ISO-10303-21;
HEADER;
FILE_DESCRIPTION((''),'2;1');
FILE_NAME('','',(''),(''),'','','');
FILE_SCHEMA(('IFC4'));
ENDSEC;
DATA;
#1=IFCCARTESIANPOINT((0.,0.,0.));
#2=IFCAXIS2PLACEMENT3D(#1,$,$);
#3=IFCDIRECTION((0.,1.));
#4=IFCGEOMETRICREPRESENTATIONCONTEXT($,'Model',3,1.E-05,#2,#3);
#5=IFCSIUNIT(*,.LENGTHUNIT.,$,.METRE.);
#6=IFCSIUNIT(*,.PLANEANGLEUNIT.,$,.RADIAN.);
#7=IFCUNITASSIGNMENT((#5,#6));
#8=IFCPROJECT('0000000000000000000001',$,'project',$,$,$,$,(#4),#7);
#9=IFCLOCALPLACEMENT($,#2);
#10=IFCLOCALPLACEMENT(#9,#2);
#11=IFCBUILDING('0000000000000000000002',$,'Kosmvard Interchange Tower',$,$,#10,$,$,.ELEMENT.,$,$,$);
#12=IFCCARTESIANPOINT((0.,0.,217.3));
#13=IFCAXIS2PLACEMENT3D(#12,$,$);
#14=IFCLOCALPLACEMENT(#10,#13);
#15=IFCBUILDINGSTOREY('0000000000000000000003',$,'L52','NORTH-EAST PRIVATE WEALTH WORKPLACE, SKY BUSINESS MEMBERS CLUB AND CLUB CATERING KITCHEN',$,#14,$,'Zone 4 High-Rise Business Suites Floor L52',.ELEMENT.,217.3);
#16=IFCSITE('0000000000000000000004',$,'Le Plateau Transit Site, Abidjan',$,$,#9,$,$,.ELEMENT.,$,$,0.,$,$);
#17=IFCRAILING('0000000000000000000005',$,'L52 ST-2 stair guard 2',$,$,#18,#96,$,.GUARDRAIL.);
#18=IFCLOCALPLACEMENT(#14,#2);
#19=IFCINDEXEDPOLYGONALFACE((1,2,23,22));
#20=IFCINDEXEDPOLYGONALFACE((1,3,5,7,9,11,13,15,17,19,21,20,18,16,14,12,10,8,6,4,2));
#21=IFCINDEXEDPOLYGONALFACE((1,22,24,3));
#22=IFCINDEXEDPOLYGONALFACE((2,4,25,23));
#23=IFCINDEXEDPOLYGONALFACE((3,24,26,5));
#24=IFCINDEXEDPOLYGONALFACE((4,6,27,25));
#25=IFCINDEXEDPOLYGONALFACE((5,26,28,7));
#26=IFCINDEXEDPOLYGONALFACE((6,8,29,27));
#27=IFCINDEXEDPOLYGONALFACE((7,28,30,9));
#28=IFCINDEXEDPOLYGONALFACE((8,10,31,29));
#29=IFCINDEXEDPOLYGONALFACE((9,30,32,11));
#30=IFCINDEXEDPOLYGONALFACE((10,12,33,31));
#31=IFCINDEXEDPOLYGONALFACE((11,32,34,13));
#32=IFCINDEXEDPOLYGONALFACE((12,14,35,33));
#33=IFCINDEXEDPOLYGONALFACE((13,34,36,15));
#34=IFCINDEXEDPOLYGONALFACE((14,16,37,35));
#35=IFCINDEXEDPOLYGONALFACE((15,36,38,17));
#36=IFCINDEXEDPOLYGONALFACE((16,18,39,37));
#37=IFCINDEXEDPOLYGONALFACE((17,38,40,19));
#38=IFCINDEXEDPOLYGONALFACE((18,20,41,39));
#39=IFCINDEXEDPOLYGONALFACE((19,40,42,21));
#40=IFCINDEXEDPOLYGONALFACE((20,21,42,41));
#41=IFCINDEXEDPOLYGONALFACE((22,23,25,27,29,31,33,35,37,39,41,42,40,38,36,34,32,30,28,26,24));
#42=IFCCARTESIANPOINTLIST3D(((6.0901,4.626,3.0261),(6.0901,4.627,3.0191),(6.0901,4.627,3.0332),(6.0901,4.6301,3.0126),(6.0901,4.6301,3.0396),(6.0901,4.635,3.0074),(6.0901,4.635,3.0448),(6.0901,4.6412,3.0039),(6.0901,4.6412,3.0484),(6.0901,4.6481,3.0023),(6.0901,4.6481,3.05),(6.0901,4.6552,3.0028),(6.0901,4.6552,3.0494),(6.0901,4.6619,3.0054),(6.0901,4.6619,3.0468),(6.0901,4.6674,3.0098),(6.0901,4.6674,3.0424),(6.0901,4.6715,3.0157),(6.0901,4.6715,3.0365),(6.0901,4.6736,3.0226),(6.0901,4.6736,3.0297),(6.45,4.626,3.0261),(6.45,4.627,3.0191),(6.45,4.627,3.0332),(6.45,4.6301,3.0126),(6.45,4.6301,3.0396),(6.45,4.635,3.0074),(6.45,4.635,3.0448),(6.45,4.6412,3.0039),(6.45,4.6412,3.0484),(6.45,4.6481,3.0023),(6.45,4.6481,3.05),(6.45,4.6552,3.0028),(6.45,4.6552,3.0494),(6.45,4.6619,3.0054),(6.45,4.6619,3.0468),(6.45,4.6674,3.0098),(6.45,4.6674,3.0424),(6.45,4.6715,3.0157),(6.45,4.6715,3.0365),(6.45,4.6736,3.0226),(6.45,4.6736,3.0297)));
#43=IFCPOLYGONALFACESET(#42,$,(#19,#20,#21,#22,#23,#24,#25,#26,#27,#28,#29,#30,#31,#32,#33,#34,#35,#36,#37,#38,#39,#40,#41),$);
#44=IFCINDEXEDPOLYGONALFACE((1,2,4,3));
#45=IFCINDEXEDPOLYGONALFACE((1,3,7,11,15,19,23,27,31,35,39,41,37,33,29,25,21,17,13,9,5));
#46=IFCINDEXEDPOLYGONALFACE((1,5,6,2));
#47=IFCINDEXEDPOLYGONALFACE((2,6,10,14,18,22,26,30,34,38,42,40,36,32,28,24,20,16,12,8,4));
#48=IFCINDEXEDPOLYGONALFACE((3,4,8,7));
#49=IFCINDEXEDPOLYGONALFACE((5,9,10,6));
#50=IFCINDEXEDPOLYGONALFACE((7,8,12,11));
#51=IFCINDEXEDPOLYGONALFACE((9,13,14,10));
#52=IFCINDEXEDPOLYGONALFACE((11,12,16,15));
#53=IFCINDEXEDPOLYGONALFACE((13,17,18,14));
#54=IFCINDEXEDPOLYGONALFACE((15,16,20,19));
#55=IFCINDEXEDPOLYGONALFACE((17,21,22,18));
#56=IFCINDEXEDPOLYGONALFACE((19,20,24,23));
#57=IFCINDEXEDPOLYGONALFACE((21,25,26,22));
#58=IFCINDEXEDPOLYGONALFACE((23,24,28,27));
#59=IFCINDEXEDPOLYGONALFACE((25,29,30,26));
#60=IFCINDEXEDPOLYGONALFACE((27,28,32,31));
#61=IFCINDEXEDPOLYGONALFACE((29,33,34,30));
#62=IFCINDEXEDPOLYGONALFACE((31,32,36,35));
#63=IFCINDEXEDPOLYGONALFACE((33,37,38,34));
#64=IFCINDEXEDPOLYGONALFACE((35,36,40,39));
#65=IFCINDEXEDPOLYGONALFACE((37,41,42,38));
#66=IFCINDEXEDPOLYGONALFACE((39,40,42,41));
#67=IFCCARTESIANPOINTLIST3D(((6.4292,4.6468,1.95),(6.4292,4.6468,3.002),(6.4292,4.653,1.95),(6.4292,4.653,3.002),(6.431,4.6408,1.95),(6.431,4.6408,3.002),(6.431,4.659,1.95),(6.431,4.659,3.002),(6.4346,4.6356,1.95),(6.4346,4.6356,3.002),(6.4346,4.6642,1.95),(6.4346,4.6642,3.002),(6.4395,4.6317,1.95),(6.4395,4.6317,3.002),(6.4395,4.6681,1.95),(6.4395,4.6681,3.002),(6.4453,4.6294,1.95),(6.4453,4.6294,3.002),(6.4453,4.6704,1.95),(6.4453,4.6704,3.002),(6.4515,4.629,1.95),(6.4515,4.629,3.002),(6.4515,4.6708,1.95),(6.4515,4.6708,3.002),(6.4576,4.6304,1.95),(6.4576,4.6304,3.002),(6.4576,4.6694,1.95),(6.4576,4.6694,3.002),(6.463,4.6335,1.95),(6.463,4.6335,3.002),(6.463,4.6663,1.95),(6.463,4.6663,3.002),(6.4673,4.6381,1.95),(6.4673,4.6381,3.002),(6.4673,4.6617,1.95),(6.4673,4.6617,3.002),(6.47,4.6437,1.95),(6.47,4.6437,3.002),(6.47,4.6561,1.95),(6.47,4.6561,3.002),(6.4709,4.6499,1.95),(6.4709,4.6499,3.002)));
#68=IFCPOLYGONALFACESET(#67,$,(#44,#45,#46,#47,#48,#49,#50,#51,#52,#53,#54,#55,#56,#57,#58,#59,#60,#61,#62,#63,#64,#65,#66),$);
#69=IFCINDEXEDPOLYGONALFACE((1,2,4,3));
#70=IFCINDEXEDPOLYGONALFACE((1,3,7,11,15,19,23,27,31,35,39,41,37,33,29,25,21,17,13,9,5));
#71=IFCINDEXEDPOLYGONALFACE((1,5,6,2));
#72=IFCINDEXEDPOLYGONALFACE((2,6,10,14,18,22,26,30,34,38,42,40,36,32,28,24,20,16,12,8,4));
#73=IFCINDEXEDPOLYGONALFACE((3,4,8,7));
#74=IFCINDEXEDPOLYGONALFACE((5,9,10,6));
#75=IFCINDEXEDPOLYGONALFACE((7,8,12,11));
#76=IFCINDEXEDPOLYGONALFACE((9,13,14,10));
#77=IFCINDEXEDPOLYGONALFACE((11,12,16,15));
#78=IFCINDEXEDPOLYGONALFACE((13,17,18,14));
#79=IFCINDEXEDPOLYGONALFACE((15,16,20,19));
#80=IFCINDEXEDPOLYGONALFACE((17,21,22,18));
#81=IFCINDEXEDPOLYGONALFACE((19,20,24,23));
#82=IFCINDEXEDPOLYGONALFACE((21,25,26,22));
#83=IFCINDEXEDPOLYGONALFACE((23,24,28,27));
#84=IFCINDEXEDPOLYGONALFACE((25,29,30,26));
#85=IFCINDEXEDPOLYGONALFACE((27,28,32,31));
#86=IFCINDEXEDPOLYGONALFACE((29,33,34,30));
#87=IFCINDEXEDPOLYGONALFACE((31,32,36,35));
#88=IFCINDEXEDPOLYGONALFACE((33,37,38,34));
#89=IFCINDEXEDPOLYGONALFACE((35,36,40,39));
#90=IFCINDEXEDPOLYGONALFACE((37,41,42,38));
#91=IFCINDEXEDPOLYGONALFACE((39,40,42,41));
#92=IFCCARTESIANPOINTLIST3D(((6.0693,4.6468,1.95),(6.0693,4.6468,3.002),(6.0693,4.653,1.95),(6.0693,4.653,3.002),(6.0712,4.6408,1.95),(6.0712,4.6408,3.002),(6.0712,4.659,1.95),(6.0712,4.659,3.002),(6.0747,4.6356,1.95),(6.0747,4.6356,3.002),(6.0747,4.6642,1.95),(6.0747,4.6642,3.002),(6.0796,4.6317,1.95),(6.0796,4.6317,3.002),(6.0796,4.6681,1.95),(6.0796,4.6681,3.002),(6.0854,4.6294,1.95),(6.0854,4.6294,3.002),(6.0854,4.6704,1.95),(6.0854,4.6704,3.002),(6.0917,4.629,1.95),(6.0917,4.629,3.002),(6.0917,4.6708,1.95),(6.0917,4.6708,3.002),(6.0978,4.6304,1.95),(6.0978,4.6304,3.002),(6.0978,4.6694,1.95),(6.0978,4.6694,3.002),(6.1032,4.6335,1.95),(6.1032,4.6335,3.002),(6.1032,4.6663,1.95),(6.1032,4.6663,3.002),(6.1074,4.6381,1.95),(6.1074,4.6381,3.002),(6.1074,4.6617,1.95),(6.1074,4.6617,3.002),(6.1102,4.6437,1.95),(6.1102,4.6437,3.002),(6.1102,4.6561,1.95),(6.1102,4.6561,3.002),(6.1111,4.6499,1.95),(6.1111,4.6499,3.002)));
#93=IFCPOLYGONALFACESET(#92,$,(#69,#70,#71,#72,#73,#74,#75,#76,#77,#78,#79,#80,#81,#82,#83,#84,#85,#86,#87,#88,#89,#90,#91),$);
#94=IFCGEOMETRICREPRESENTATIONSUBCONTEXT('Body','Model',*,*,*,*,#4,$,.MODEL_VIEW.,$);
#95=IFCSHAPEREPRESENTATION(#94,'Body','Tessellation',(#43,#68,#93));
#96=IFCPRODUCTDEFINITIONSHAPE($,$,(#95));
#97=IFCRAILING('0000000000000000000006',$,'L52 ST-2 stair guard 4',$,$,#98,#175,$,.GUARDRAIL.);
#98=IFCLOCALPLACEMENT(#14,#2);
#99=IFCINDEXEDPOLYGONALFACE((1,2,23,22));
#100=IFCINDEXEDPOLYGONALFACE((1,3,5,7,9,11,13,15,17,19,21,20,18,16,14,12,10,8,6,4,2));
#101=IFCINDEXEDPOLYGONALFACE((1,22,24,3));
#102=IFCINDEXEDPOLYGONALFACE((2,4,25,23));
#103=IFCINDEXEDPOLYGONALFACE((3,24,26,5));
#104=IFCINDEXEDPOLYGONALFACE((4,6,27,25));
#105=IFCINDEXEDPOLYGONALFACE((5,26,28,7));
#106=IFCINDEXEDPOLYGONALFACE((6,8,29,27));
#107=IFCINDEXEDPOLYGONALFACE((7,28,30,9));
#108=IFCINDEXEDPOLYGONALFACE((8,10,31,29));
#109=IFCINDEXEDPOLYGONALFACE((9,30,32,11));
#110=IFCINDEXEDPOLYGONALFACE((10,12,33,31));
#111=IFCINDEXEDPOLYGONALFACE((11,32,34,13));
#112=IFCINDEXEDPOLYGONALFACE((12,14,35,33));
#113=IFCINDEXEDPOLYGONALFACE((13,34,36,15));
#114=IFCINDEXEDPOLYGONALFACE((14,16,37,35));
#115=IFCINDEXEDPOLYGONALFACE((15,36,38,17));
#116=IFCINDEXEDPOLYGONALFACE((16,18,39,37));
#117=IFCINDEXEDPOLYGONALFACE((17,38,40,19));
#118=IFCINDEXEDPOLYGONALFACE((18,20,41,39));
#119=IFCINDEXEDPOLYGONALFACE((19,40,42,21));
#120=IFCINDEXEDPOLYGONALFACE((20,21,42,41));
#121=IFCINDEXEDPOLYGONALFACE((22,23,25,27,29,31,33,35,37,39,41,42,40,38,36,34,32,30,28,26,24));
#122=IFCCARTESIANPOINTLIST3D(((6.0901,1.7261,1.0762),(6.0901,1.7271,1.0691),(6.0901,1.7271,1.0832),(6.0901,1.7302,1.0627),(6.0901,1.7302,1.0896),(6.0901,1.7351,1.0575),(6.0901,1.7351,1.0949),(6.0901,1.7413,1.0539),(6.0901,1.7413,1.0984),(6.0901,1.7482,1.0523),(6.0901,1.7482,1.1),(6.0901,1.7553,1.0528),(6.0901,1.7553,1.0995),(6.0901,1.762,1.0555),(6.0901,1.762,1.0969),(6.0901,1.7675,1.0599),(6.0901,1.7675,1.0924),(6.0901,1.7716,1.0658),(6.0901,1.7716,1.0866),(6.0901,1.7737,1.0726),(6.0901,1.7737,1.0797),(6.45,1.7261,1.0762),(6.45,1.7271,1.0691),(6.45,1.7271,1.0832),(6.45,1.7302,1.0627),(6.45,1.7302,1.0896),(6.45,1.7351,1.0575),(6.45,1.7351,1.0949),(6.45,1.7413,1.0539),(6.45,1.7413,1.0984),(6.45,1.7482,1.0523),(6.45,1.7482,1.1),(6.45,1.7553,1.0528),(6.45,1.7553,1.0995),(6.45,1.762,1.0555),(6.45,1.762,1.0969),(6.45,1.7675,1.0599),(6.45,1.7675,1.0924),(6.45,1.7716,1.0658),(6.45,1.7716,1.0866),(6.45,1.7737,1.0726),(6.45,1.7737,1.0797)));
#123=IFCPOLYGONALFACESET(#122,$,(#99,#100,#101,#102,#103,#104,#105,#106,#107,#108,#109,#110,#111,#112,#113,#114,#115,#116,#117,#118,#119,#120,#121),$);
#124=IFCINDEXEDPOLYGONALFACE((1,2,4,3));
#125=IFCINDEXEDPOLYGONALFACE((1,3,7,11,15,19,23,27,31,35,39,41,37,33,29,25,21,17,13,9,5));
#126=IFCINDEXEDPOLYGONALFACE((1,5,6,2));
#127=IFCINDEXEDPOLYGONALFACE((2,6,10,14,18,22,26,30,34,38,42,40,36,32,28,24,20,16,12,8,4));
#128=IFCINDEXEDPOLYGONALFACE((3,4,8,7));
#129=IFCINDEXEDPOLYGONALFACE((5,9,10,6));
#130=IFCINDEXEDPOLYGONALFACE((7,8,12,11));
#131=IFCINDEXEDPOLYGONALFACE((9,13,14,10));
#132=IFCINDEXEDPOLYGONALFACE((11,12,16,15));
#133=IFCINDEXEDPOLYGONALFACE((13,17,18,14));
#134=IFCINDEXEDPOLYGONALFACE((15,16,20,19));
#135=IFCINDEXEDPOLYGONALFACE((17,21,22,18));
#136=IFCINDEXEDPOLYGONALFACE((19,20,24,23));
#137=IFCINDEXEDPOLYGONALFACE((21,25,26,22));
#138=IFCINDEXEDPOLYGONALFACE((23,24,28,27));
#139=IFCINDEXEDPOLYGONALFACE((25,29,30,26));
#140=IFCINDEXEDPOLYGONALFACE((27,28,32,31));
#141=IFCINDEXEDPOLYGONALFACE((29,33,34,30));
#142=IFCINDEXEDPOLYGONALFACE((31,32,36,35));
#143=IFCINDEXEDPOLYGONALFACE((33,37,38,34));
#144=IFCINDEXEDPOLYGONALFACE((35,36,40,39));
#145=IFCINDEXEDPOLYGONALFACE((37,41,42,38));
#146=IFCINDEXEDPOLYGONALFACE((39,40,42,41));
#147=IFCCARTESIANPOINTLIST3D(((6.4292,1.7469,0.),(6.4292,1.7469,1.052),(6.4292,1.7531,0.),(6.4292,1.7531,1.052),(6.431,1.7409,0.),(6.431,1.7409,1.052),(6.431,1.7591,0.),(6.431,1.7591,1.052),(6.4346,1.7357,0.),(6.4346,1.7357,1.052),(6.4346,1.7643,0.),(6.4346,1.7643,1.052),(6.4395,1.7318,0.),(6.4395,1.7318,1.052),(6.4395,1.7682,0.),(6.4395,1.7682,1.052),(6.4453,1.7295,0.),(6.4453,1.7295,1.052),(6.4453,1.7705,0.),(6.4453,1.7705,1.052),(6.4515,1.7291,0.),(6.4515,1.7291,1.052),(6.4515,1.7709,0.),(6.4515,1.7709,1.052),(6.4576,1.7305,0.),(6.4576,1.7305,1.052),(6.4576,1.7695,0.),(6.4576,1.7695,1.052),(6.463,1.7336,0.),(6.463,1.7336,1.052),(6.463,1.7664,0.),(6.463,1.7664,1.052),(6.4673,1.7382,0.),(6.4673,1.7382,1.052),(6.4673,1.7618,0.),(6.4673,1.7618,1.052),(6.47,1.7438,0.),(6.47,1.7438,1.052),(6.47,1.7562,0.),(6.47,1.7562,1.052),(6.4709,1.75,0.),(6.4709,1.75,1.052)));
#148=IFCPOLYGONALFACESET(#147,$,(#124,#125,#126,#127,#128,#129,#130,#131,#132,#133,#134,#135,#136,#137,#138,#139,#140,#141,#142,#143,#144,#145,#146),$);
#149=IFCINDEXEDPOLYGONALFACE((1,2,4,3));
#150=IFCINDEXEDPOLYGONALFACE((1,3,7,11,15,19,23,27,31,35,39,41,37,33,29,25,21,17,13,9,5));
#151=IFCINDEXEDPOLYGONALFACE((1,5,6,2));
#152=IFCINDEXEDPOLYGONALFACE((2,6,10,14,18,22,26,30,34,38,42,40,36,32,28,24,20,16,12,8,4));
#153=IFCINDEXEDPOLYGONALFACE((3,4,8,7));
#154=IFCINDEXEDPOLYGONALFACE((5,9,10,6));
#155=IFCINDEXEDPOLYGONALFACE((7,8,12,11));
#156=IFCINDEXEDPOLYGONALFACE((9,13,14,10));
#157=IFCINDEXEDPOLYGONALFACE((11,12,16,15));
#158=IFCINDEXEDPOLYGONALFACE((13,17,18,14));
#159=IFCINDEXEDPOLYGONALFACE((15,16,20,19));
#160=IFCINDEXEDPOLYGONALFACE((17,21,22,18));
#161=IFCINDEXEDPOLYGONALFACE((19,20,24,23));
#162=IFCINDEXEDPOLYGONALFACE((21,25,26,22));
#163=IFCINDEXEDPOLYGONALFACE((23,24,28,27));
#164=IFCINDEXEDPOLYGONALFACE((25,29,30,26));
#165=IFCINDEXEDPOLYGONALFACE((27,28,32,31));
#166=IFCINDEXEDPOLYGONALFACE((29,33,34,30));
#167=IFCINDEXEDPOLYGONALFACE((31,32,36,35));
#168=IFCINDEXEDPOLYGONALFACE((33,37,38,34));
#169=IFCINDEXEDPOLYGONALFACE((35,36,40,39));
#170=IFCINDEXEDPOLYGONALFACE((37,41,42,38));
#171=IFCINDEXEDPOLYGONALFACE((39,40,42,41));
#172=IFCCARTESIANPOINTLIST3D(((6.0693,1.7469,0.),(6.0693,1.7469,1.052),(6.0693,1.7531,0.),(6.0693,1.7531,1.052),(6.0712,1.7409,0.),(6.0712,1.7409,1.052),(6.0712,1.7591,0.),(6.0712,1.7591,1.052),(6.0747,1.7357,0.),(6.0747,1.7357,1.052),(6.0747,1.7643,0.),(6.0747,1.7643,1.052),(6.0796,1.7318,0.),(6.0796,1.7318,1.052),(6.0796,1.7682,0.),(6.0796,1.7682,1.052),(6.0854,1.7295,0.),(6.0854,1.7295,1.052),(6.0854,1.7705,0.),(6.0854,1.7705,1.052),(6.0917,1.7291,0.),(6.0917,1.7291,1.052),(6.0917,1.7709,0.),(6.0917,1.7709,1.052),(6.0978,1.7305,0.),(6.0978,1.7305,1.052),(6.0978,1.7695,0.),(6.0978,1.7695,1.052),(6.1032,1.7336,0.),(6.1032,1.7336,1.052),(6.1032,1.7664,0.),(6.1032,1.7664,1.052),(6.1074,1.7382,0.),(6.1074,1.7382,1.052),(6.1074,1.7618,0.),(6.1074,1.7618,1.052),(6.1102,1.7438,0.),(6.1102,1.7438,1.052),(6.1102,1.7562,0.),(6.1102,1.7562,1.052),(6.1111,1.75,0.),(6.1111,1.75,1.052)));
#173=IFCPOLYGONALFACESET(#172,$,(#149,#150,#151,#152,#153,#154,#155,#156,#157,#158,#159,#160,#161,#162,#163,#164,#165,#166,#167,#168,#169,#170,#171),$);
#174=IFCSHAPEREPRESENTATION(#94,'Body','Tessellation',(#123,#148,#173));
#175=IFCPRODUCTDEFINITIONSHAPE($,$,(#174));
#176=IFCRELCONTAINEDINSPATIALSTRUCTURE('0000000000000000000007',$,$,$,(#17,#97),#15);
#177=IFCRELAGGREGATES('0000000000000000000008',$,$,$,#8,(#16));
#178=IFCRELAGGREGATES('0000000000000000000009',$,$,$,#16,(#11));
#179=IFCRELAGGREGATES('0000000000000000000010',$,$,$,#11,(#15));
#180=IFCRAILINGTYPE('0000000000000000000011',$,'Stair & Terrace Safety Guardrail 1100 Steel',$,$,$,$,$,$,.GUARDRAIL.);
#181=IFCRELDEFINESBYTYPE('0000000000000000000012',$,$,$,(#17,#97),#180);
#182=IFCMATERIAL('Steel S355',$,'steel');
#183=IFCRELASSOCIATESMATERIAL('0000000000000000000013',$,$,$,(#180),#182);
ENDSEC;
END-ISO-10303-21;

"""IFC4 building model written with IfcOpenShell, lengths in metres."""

from ifc_helpers import new_model, si_unit, direction, frame, origin, origin_2d, place, context, subcontext, project, spatial, circle, extrude, source, transform, mapped, material, type_object, element, save


model = new_model("IFC4")

# Units and contexts
model_context = context("Model", 3, precision=1e-05, world=origin(), true_north=direction((0.0, 1.0)))
body_context = subcontext(model_context, "Body", "Model", "MODEL_VIEW")
ifc_project = project(units=[si_unit("LENGTHUNIT", "METRE"), si_unit("PLANEANGLEUNIT", "RADIAN")], contexts=[model_context])

# Site, building, storey
site_placement = place(None, origin())
site = spatial("IfcSite", under=ifc_project, at=site_placement, Name="Le Plateau Transit Site, Abidjan", CompositionType="ELEMENT", RefElevation=0.0)
building_placement = place(site_placement, origin())
building = spatial("IfcBuilding", under=site, at=building_placement, Name="Kosmvard Interchange Tower", CompositionType="ELEMENT")
storey_placement = place(building_placement, frame((0.0, 0.0, 217.3)))
storey = spatial("IfcBuildingStorey", under=building, at=storey_placement, Name="L52", Description="NORTH-EAST PRIVATE WEALTH WORKPLACE, SKY BUSINESS MEMBERS CLUB AND CLUB CATERING KITCHEN", LongName="Zone 4 High-Rise Business Suites Floor L52", CompositionType="ELEMENT", Elevation=217.3)

# Shared definitions
ifc_material_1 = material(Name="Steel S355", Category="steel")

# Railings
railing_type_1 = type_object("IfcRailingType", Name="Stair & Terrace Safety Guardrail 1100 Steel", PredefinedType="GUARDRAIL", material=ifc_material_1)
shared_shape_1 = source(origin(), body_context, "Body", "SweptSolid", [
    extrude(circle(Radius=0.0239, at=origin_2d()), frame((0.0, 0.0, 1.0762), z_axis=(-1.0, 0.0, 0.0), x_axis=(0.0, -1.0, 0.0)), (0.0, 0.0, 1.0), 0.3599),
    extrude(circle(Radius=0.021, at=origin_2d()), origin(), (0.0, 0.0, 1.0), 1.052),
    extrude(circle(Radius=0.021, at=origin_2d()), frame((-0.3599, 0.0, 0.0)), (0.0, 0.0, 1.0), 1.052),
])
for number, where, name in (
    (1, (6.45, 4.6499, 1.95), "L52 ST-2 stair guard 2"),
    (2, (6.45, 1.75, 0.0), "L52 ST-2 stair guard 4"),
):
    element("IfcRailing", number, at=place(storey_placement, frame(where)), inside=storey, type_object=railing_type_1, Name=name, PredefinedType="GUARDRAIL", context=body_context, shape_type="MappedRepresentation", body=[
        mapped(shared_shape_1, transform((0.0, 0.0, 0.0), scale=1.0)),
    ])

save(model, "model.ifc")
